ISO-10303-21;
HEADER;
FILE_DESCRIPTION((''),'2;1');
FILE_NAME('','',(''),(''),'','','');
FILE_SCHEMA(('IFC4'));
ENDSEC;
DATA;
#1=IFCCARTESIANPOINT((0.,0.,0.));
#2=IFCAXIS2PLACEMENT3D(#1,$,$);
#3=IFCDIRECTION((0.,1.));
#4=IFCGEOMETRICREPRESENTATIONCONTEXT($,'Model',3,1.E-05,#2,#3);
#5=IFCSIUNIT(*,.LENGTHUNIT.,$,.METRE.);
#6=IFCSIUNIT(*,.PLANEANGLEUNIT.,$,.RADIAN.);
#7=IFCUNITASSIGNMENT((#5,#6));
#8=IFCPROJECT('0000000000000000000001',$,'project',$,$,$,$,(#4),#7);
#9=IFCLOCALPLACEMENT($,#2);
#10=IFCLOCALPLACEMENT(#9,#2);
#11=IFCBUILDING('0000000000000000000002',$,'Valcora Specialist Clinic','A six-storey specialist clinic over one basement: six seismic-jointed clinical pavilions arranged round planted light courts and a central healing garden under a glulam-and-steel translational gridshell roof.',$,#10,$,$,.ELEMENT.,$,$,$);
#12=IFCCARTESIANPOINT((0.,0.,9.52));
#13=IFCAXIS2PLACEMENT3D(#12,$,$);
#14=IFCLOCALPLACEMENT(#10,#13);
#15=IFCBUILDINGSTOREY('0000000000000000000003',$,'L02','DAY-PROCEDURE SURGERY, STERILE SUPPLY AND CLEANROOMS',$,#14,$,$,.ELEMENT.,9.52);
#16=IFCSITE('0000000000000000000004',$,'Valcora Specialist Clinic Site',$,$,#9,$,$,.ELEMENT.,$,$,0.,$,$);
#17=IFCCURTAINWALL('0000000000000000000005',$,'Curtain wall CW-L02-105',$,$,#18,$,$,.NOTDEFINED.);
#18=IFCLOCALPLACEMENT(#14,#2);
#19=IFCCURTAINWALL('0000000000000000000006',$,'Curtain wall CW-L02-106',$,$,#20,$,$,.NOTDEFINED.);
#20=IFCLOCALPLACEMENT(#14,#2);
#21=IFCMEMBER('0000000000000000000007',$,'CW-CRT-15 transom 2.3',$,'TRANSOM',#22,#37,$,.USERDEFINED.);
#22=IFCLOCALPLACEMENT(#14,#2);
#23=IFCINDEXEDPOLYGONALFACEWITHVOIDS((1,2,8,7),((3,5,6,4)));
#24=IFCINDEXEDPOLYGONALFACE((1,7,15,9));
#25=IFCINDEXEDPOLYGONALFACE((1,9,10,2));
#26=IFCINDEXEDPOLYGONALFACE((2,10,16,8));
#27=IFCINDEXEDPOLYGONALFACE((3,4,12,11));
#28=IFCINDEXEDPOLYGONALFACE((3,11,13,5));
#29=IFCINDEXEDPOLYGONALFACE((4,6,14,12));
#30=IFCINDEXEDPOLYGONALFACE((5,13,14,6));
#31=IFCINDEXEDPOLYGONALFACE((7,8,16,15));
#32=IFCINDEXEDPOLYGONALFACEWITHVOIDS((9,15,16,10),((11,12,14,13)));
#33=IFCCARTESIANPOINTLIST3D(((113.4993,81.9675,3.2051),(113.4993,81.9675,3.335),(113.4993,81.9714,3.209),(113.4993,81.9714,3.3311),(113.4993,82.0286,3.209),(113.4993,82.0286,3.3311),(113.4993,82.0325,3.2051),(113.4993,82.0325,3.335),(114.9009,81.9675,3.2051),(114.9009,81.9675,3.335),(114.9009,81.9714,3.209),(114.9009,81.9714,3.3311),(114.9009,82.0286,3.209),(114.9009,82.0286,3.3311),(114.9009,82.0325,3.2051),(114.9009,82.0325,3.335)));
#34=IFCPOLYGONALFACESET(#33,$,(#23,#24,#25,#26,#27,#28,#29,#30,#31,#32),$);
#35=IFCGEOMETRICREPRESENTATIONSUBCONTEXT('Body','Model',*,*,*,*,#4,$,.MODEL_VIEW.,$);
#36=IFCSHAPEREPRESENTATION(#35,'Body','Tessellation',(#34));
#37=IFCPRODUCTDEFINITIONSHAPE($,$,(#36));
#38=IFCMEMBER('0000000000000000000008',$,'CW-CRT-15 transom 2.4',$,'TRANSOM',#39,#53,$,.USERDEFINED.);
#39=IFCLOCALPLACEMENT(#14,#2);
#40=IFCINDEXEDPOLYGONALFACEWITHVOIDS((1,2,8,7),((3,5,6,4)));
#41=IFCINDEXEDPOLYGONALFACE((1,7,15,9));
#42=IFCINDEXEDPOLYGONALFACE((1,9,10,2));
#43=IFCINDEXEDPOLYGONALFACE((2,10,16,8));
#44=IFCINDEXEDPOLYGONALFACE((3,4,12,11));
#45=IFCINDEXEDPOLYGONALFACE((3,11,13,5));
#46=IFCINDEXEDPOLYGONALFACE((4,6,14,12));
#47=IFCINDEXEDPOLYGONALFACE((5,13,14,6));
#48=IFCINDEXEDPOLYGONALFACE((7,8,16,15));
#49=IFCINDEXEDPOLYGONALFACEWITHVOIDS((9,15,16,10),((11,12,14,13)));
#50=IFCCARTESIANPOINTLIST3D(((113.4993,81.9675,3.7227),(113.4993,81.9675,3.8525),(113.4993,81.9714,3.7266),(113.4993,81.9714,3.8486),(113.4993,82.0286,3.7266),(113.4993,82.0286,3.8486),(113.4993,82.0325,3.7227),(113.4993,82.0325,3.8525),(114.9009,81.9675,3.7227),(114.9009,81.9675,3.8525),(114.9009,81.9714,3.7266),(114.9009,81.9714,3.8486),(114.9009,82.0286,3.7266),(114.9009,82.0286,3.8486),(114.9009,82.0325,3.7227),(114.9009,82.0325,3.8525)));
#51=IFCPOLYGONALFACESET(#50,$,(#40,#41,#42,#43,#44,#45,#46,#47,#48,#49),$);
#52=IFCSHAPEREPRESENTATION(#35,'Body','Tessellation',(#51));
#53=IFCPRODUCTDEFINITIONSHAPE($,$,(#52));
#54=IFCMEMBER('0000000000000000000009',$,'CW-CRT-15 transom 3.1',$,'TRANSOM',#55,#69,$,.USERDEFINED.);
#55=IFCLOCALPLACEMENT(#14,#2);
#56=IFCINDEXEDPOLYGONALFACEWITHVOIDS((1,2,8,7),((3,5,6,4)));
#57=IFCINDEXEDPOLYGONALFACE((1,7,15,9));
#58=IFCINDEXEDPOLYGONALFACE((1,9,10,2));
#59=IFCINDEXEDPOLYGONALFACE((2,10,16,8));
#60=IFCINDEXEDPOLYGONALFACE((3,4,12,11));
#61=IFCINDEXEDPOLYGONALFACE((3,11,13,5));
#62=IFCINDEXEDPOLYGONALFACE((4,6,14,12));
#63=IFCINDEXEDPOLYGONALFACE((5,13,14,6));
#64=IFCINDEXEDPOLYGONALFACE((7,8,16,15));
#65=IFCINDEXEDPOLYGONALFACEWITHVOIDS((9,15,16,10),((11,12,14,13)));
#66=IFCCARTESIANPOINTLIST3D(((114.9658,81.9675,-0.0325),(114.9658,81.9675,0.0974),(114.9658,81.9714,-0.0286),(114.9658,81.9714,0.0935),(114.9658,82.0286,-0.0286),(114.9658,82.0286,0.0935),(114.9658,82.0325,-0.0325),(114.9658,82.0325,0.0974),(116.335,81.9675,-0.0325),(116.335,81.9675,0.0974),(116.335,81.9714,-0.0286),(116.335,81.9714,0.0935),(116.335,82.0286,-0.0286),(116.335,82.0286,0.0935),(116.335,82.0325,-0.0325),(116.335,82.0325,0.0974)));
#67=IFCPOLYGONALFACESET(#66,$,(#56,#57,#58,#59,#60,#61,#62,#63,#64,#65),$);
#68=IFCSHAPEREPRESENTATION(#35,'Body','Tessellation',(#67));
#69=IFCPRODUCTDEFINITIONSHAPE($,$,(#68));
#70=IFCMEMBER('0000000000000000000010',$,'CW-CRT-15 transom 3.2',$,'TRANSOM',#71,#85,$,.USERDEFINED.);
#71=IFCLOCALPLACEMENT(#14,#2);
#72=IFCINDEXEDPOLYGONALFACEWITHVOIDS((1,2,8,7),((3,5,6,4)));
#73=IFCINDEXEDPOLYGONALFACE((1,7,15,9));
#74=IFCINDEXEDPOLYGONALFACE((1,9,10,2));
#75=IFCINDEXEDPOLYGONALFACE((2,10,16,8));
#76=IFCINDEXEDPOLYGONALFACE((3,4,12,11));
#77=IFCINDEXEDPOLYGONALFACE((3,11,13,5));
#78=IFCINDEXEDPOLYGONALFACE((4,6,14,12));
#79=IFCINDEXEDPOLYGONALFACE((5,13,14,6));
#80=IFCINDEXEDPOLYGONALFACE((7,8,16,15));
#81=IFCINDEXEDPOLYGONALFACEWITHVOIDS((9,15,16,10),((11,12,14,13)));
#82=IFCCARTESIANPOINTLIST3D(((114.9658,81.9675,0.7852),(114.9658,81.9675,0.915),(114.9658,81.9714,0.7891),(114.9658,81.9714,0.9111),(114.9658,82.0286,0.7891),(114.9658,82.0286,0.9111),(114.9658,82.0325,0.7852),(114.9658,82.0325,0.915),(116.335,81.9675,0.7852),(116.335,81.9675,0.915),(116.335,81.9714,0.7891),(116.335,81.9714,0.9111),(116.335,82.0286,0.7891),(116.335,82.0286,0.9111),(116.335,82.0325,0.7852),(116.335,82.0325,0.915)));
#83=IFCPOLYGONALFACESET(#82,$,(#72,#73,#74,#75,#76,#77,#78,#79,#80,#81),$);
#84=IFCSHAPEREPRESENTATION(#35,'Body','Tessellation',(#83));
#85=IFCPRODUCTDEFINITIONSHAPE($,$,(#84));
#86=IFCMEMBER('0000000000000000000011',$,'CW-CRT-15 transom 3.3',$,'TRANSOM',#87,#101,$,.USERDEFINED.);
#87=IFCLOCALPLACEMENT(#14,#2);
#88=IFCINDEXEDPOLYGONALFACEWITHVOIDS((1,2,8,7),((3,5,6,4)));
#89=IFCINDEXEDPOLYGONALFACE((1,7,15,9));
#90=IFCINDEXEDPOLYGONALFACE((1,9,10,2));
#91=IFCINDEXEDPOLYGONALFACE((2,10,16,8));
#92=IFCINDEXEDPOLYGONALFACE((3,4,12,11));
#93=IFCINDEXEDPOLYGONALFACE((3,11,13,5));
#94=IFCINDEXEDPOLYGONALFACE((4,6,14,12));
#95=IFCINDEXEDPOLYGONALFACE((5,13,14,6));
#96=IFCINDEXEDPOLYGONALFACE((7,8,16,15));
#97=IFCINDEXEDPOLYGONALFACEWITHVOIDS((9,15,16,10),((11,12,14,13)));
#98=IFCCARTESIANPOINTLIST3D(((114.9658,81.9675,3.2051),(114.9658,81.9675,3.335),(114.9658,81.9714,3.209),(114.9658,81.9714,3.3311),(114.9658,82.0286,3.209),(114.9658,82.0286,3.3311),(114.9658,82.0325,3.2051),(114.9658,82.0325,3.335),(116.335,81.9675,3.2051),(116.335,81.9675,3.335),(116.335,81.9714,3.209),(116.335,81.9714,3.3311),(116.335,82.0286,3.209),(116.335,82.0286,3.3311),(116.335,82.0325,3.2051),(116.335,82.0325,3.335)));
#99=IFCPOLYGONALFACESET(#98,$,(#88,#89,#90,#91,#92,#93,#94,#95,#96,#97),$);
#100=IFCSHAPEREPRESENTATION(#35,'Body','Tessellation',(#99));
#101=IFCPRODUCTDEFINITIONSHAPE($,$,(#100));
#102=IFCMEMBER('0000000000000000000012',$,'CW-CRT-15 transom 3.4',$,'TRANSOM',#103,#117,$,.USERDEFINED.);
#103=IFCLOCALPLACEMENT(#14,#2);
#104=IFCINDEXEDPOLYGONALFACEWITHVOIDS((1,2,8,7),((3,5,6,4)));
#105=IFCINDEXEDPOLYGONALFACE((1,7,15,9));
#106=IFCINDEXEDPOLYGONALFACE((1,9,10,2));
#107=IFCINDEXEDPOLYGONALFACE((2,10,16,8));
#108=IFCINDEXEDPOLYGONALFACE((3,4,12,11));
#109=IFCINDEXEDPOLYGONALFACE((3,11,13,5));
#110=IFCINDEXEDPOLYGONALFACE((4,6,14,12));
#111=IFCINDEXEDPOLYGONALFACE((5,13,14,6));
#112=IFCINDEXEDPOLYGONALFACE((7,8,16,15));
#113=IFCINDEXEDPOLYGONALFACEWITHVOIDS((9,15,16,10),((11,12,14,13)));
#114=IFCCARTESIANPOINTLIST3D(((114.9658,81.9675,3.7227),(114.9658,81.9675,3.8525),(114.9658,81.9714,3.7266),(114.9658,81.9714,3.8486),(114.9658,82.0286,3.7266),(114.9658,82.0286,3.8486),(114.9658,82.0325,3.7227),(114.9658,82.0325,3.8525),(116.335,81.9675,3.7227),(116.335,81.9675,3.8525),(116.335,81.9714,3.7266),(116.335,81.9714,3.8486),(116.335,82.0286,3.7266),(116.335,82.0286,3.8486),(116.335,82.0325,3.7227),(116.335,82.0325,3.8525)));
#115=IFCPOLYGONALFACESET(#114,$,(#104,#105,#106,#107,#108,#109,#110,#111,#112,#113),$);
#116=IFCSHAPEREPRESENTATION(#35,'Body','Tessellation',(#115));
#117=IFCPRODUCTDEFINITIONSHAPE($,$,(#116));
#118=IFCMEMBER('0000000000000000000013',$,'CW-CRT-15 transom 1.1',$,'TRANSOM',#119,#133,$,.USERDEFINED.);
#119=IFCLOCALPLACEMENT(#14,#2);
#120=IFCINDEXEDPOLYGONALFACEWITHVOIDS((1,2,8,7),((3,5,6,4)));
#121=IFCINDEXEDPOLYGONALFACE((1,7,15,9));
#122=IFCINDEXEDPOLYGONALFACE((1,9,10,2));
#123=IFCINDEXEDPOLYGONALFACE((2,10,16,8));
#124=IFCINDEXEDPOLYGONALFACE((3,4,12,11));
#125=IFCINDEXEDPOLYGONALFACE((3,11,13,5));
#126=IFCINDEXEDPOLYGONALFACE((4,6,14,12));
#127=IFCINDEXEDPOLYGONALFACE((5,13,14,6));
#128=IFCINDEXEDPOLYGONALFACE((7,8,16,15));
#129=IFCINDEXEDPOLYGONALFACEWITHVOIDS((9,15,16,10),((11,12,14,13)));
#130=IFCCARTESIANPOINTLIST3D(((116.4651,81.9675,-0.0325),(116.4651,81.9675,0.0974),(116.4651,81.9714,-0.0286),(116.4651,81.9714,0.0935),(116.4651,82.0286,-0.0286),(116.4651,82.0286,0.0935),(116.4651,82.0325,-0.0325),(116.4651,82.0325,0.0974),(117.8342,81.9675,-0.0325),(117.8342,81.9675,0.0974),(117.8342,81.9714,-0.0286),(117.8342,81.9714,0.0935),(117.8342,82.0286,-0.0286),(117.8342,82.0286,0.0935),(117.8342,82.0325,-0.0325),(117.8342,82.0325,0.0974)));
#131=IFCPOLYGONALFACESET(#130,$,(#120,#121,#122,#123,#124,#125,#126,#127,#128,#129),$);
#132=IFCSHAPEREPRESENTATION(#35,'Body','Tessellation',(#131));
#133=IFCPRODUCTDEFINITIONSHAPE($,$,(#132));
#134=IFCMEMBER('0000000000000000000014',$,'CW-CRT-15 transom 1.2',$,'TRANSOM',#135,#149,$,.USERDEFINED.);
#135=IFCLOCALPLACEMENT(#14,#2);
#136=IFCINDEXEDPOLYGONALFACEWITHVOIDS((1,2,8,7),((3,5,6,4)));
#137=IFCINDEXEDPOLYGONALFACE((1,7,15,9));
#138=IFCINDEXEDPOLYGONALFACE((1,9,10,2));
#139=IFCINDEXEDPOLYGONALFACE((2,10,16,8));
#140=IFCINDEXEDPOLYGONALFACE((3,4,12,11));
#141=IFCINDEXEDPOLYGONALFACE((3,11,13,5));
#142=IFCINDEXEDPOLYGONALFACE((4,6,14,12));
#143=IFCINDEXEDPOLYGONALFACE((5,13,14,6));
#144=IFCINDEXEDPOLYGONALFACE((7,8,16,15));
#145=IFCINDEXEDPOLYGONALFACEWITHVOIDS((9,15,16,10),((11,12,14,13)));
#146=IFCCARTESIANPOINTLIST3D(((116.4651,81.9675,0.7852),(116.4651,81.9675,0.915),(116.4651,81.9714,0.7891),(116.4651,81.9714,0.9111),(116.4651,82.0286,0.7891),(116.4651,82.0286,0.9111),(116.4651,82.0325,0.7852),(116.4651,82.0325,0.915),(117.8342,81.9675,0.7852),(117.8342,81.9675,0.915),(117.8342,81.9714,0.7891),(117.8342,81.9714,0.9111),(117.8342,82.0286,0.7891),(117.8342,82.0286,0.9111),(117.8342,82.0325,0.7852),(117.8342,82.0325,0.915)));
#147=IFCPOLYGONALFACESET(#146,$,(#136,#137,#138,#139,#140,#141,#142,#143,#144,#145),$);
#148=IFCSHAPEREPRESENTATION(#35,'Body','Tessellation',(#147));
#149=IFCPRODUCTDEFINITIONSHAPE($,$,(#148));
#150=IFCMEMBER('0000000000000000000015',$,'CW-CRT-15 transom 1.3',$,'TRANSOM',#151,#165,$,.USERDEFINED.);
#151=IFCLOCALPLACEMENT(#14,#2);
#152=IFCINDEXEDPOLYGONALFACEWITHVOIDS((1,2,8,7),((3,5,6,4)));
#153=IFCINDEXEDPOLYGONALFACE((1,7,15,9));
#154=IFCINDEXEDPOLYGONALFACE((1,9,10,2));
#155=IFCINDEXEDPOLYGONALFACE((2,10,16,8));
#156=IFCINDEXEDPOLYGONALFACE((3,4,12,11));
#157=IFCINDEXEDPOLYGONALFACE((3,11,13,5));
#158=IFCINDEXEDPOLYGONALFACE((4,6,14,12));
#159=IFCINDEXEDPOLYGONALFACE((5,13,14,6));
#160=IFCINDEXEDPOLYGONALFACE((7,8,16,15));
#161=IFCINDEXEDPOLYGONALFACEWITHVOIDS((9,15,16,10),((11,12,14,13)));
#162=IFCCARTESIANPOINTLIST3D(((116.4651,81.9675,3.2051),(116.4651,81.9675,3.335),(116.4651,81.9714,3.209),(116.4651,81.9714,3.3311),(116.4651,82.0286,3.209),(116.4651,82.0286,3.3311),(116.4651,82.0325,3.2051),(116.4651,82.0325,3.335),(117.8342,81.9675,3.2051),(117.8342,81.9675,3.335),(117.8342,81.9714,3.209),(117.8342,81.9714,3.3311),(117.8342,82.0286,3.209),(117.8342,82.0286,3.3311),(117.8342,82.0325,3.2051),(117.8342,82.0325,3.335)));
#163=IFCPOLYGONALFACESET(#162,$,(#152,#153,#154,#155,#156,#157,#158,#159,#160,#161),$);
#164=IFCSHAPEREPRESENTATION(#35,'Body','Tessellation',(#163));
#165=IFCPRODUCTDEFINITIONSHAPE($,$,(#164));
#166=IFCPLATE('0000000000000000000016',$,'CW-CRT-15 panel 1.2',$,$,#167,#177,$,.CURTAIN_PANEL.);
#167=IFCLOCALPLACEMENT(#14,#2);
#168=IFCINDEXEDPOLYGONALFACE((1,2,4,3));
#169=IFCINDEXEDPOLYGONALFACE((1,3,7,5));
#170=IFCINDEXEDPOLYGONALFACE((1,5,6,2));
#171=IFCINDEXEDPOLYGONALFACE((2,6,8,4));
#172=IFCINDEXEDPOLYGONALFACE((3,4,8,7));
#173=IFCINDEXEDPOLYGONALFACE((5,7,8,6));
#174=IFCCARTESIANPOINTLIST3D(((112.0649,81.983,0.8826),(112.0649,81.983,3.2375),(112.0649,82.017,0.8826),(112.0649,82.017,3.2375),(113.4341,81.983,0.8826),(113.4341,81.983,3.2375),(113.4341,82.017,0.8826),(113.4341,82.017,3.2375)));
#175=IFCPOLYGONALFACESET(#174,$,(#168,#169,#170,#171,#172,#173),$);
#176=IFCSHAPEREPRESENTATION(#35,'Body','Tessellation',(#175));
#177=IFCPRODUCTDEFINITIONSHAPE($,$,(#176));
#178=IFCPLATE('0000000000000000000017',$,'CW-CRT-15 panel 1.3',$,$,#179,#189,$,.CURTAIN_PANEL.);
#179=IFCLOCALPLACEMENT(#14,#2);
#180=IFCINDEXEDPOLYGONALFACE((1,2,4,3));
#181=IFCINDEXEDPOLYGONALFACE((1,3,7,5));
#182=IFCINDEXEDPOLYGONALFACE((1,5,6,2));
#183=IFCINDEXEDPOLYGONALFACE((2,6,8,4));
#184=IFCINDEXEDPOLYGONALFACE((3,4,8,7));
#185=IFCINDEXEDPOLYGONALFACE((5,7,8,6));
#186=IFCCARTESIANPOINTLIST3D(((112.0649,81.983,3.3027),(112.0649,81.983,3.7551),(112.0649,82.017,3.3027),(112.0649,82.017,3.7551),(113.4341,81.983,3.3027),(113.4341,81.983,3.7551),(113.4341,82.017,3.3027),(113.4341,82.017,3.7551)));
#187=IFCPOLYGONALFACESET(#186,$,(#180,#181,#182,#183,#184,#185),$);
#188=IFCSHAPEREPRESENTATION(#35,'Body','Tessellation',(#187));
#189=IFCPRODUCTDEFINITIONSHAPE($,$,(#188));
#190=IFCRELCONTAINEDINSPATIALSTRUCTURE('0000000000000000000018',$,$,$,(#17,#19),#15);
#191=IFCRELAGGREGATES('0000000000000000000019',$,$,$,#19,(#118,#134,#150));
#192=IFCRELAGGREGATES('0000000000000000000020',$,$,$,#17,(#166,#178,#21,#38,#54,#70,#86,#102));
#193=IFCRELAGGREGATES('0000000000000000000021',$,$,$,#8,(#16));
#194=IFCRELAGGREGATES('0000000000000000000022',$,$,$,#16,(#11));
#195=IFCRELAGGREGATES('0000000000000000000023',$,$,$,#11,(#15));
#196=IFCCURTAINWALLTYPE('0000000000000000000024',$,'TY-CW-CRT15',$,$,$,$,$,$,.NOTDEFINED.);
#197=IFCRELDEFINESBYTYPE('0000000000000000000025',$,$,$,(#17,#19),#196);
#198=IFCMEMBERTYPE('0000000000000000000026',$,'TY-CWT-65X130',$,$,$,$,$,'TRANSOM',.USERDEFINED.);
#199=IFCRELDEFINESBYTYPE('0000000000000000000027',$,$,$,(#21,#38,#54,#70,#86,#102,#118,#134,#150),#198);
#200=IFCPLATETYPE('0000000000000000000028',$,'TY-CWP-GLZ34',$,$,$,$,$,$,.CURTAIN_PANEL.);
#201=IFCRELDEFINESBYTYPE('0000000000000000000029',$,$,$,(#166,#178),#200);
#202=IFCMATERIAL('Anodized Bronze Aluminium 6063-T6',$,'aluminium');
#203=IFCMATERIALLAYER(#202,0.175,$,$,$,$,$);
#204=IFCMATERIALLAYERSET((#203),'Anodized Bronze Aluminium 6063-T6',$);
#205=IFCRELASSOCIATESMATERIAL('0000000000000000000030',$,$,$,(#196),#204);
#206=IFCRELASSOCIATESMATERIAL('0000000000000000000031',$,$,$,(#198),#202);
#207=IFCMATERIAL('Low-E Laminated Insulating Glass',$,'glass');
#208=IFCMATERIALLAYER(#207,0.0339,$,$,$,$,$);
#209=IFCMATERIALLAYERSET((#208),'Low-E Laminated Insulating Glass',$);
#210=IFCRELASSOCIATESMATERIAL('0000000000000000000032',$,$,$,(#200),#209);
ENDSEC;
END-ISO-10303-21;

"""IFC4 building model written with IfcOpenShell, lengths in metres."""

from ifc_helpers import new_model, si_unit, direction, frame, origin, origin_2d, place, context, subcontext, project, spatial, rectangle, hollow_rectangle, extrude, material, layer, layer_set, material_profile, profile_set, type_object, element, aggregate, save


model = new_model("IFC4")

# Units and contexts
model_context = context("Model", 3, precision=1e-05, world=origin(), true_north=direction((0.0, 1.0)))
body_context = subcontext(model_context, "Body", "Model", "MODEL_VIEW")
ifc_project = project(units=[si_unit("LENGTHUNIT", "METRE"), si_unit("PLANEANGLEUNIT", "RADIAN")], contexts=[model_context])

# Site, building, storey
site_placement = place(None, origin())
site = spatial("IfcSite", under=ifc_project, at=site_placement, Name="Valcora Specialist Clinic Site", CompositionType="ELEMENT", RefElevation=0.0)
building_placement = place(site_placement, origin())
building = spatial("IfcBuilding", under=site, at=building_placement, Name="Valcora Specialist Clinic", Description="A six-storey specialist clinic over one basement: six seismic-jointed clinical pavilions arranged round planted light courts and a central healing garden under a glulam-and-steel translational gridshell roof.", CompositionType="ELEMENT")
storey_placement = place(building_placement, frame((0.0, 0.0, 9.52)))
storey = spatial("IfcBuildingStorey", under=building, at=storey_placement, Name="L02", Description="DAY-PROCEDURE SURGERY, STERILE SUPPLY AND CLEANROOMS", CompositionType="ELEMENT", Elevation=9.52)

# Curtain wall
ifc_material_1 = material(Name="Anodized Bronze Aluminium 6063-T6", Category="aluminium")
ifc_layer_1 = layer(ifc_material_1, 0.175)
ifc_layer_set_1 = layer_set([ifc_layer_1], Name="Anodized Bronze Aluminium 6063-T6")
curtain_wall_type = type_object("IfcCurtainWallType", Name="TY-CW-CRT15", PredefinedType="NOTDEFINED", material=ifc_layer_set_1)
curtain_wall_1_placement = place(storey_placement, origin())
curtain_wall_1 = element("IfcCurtainWall", 1, at=curtain_wall_1_placement, inside=storey, type_object=curtain_wall_type, Name="Curtain wall CW-L02-105", PredefinedType="NOTDEFINED")

# Curtain wall
curtain_wall_2_placement = place(storey_placement, origin())
curtain_wall_2 = element("IfcCurtainWall", 2, at=curtain_wall_2_placement, inside=storey, type_object=curtain_wall_type, Name="Curtain wall CW-L02-106", PredefinedType="NOTDEFINED")

# Members
ifc_material_profile_1 = material_profile(ifc_material_1, hollow_rectangle(XDim=0.0649, YDim=0.1299, WallThickness=0.0039, at=origin_2d()), Name="AL-TRN-65X130")
ifc_profile_set_1 = profile_set([ifc_material_profile_1], Name="Anodized Bronze Aluminium 6063-T6")
member_type_1 = type_object("IfcMemberType", Name="TY-CWT-65X130", ElementType="TRANSOM", PredefinedType="USERDEFINED", material=ifc_profile_set_1)
member_1_placement = place(storey_placement, frame((113.4993, 82.0, 3.27), z_axis=(1.0, 0.0, 0.0), x_axis=(0.0, 1.0, 0.0)))
member_1 = element("IfcMember", 3, at=member_1_placement, type_object=member_type_1, Name="CW-CRT-15 transom 2.3", ObjectType="TRANSOM", PredefinedType="USERDEFINED", context=body_context, shape_type="SweptSolid", body=[
    extrude(hollow_rectangle(XDim=0.0649, YDim=0.1299, WallThickness=0.0039, at=origin_2d()), origin(), (0.0, 0.0, 1.0), 1.4016),
])
member_2_placement = place(storey_placement, frame((113.4993, 82.0, 3.7876), z_axis=(1.0, 0.0, 0.0), x_axis=(0.0, 1.0, 0.0)))
member_2 = element("IfcMember", 4, at=member_2_placement, type_object=member_type_1, Name="CW-CRT-15 transom 2.4", ObjectType="TRANSOM", PredefinedType="USERDEFINED", context=body_context, shape_type="SweptSolid", body=[
    extrude(hollow_rectangle(XDim=0.0649, YDim=0.1299, WallThickness=0.0039, at=origin_2d()), origin(), (0.0, 0.0, 1.0), 1.4016),
])
member_3_placement = place(storey_placement, frame((114.9658, 82.0, 0.0325), z_axis=(1.0, 0.0, 0.0), x_axis=(0.0, 1.0, 0.0)))
member_3 = element("IfcMember", 5, at=member_3_placement, type_object=member_type_1, Name="CW-CRT-15 transom 3.1", ObjectType="TRANSOM", PredefinedType="USERDEFINED", context=body_context, shape_type="SweptSolid", body=[
    extrude(hollow_rectangle(XDim=0.0649, YDim=0.1299, WallThickness=0.0039, at=origin_2d()), origin(), (0.0, 0.0, 1.0), 1.3691),
])
member_4_placement = place(storey_placement, frame((114.9658, 82.0, 0.8501), z_axis=(1.0, 0.0, 0.0), x_axis=(0.0, 1.0, 0.0)))
member_4 = element("IfcMember", 6, at=member_4_placement, type_object=member_type_1, Name="CW-CRT-15 transom 3.2", ObjectType="TRANSOM", PredefinedType="USERDEFINED", context=body_context, shape_type="SweptSolid", body=[
    extrude(hollow_rectangle(XDim=0.0649, YDim=0.1299, WallThickness=0.0039, at=origin_2d()), origin(), (0.0, 0.0, 1.0), 1.3691),
])
member_5_placement = place(storey_placement, frame((114.9658, 82.0, 3.27), z_axis=(1.0, 0.0, 0.0), x_axis=(0.0, 1.0, 0.0)))
member_5 = element("IfcMember", 7, at=member_5_placement, type_object=member_type_1, Name="CW-CRT-15 transom 3.3", ObjectType="TRANSOM", PredefinedType="USERDEFINED", context=body_context, shape_type="SweptSolid", body=[
    extrude(hollow_rectangle(XDim=0.0649, YDim=0.1299, WallThickness=0.0039, at=origin_2d()), origin(), (0.0, 0.0, 1.0), 1.3691),
])
member_6_placement = place(storey_placement, frame((114.9658, 82.0, 3.7876), z_axis=(1.0, 0.0, 0.0), x_axis=(0.0, 1.0, 0.0)))
member_6 = element("IfcMember", 8, at=member_6_placement, type_object=member_type_1, Name="CW-CRT-15 transom 3.4", ObjectType="TRANSOM", PredefinedType="USERDEFINED", context=body_context, shape_type="SweptSolid", body=[
    extrude(hollow_rectangle(XDim=0.0649, YDim=0.1299, WallThickness=0.0039, at=origin_2d()), origin(), (0.0, 0.0, 1.0), 1.3691),
])
member_7_placement = place(storey_placement, frame((116.4651, 82.0, 0.0325), z_axis=(1.0, 0.0, 0.0), x_axis=(0.0, 1.0, 0.0)))
member_7 = element("IfcMember", 9, at=member_7_placement, type_object=member_type_1, Name="CW-CRT-15 transom 1.1", ObjectType="TRANSOM", PredefinedType="USERDEFINED", context=body_context, shape_type="SweptSolid", body=[
    extrude(hollow_rectangle(XDim=0.0649, YDim=0.1299, WallThickness=0.0039, at=origin_2d()), origin(), (0.0, 0.0, 1.0), 1.3691),
])
member_8_placement = place(storey_placement, frame((116.4651, 82.0, 0.8501), z_axis=(1.0, 0.0, 0.0), x_axis=(0.0, 1.0, 0.0)))
member_8 = element("IfcMember", 10, at=member_8_placement, type_object=member_type_1, Name="CW-CRT-15 transom 1.2", ObjectType="TRANSOM", PredefinedType="USERDEFINED", context=body_context, shape_type="SweptSolid", body=[
    extrude(hollow_rectangle(XDim=0.0649, YDim=0.1299, WallThickness=0.0039, at=origin_2d()), origin(), (0.0, 0.0, 1.0), 1.3691),
])
member_9_placement = place(storey_placement, frame((116.4651, 82.0, 3.27), z_axis=(1.0, 0.0, 0.0), x_axis=(0.0, 1.0, 0.0)))
member_9 = element("IfcMember", 11, at=member_9_placement, type_object=member_type_1, Name="CW-CRT-15 transom 1.3", ObjectType="TRANSOM", PredefinedType="USERDEFINED", context=body_context, shape_type="SweptSolid", body=[
    extrude(hollow_rectangle(XDim=0.0649, YDim=0.1299, WallThickness=0.0039, at=origin_2d()), origin(), (0.0, 0.0, 1.0), 1.3691),
])
aggregate(curtain_wall_2, [member_7, member_8, member_9])

# Plates
ifc_material_2 = material(Name="Low-E Laminated Insulating Glass", Category="glass")
ifc_layer_2 = layer(ifc_material_2, 0.0339)
ifc_layer_set_2 = layer_set([ifc_layer_2], Name="Low-E Laminated Insulating Glass")
plate_type_1 = type_object("IfcPlateType", Name="TY-CWP-GLZ34", PredefinedType="CURTAIN_PANEL", material=ifc_layer_set_2)
plate_1_placement = place(storey_placement, frame((112.7495, 82.0, 0.8826), z_axis=(0.0, 0.0, 1.0), x_axis=(1.0, 0.0, 0.0)))
plate_1 = element("IfcPlate", 12, at=plate_1_placement, type_object=plate_type_1, Name="CW-CRT-15 panel 1.2", PredefinedType="CURTAIN_PANEL", context=body_context, shape_type="SweptSolid", body=[
    extrude(rectangle(XDim=1.3691, YDim=0.0339, at=origin_2d()), origin(), (0.0, 0.0, 1.0), 2.355),
])
plate_2_placement = place(storey_placement, frame((112.7495, 82.0, 3.3027), z_axis=(0.0, 0.0, 1.0), x_axis=(1.0, 0.0, 0.0)))
plate_2 = element("IfcPlate", 13, at=plate_2_placement, type_object=plate_type_1, Name="CW-CRT-15 panel 1.3", PredefinedType="CURTAIN_PANEL", context=body_context, shape_type="SweptSolid", body=[
    extrude(rectangle(XDim=1.3691, YDim=0.0339, at=origin_2d()), origin(), (0.0, 0.0, 1.0), 0.4524),
])
aggregate(curtain_wall_1, [plate_1, plate_2, member_1, member_2, member_3, member_4, member_5, member_6])

save(model, "model.ifc")
